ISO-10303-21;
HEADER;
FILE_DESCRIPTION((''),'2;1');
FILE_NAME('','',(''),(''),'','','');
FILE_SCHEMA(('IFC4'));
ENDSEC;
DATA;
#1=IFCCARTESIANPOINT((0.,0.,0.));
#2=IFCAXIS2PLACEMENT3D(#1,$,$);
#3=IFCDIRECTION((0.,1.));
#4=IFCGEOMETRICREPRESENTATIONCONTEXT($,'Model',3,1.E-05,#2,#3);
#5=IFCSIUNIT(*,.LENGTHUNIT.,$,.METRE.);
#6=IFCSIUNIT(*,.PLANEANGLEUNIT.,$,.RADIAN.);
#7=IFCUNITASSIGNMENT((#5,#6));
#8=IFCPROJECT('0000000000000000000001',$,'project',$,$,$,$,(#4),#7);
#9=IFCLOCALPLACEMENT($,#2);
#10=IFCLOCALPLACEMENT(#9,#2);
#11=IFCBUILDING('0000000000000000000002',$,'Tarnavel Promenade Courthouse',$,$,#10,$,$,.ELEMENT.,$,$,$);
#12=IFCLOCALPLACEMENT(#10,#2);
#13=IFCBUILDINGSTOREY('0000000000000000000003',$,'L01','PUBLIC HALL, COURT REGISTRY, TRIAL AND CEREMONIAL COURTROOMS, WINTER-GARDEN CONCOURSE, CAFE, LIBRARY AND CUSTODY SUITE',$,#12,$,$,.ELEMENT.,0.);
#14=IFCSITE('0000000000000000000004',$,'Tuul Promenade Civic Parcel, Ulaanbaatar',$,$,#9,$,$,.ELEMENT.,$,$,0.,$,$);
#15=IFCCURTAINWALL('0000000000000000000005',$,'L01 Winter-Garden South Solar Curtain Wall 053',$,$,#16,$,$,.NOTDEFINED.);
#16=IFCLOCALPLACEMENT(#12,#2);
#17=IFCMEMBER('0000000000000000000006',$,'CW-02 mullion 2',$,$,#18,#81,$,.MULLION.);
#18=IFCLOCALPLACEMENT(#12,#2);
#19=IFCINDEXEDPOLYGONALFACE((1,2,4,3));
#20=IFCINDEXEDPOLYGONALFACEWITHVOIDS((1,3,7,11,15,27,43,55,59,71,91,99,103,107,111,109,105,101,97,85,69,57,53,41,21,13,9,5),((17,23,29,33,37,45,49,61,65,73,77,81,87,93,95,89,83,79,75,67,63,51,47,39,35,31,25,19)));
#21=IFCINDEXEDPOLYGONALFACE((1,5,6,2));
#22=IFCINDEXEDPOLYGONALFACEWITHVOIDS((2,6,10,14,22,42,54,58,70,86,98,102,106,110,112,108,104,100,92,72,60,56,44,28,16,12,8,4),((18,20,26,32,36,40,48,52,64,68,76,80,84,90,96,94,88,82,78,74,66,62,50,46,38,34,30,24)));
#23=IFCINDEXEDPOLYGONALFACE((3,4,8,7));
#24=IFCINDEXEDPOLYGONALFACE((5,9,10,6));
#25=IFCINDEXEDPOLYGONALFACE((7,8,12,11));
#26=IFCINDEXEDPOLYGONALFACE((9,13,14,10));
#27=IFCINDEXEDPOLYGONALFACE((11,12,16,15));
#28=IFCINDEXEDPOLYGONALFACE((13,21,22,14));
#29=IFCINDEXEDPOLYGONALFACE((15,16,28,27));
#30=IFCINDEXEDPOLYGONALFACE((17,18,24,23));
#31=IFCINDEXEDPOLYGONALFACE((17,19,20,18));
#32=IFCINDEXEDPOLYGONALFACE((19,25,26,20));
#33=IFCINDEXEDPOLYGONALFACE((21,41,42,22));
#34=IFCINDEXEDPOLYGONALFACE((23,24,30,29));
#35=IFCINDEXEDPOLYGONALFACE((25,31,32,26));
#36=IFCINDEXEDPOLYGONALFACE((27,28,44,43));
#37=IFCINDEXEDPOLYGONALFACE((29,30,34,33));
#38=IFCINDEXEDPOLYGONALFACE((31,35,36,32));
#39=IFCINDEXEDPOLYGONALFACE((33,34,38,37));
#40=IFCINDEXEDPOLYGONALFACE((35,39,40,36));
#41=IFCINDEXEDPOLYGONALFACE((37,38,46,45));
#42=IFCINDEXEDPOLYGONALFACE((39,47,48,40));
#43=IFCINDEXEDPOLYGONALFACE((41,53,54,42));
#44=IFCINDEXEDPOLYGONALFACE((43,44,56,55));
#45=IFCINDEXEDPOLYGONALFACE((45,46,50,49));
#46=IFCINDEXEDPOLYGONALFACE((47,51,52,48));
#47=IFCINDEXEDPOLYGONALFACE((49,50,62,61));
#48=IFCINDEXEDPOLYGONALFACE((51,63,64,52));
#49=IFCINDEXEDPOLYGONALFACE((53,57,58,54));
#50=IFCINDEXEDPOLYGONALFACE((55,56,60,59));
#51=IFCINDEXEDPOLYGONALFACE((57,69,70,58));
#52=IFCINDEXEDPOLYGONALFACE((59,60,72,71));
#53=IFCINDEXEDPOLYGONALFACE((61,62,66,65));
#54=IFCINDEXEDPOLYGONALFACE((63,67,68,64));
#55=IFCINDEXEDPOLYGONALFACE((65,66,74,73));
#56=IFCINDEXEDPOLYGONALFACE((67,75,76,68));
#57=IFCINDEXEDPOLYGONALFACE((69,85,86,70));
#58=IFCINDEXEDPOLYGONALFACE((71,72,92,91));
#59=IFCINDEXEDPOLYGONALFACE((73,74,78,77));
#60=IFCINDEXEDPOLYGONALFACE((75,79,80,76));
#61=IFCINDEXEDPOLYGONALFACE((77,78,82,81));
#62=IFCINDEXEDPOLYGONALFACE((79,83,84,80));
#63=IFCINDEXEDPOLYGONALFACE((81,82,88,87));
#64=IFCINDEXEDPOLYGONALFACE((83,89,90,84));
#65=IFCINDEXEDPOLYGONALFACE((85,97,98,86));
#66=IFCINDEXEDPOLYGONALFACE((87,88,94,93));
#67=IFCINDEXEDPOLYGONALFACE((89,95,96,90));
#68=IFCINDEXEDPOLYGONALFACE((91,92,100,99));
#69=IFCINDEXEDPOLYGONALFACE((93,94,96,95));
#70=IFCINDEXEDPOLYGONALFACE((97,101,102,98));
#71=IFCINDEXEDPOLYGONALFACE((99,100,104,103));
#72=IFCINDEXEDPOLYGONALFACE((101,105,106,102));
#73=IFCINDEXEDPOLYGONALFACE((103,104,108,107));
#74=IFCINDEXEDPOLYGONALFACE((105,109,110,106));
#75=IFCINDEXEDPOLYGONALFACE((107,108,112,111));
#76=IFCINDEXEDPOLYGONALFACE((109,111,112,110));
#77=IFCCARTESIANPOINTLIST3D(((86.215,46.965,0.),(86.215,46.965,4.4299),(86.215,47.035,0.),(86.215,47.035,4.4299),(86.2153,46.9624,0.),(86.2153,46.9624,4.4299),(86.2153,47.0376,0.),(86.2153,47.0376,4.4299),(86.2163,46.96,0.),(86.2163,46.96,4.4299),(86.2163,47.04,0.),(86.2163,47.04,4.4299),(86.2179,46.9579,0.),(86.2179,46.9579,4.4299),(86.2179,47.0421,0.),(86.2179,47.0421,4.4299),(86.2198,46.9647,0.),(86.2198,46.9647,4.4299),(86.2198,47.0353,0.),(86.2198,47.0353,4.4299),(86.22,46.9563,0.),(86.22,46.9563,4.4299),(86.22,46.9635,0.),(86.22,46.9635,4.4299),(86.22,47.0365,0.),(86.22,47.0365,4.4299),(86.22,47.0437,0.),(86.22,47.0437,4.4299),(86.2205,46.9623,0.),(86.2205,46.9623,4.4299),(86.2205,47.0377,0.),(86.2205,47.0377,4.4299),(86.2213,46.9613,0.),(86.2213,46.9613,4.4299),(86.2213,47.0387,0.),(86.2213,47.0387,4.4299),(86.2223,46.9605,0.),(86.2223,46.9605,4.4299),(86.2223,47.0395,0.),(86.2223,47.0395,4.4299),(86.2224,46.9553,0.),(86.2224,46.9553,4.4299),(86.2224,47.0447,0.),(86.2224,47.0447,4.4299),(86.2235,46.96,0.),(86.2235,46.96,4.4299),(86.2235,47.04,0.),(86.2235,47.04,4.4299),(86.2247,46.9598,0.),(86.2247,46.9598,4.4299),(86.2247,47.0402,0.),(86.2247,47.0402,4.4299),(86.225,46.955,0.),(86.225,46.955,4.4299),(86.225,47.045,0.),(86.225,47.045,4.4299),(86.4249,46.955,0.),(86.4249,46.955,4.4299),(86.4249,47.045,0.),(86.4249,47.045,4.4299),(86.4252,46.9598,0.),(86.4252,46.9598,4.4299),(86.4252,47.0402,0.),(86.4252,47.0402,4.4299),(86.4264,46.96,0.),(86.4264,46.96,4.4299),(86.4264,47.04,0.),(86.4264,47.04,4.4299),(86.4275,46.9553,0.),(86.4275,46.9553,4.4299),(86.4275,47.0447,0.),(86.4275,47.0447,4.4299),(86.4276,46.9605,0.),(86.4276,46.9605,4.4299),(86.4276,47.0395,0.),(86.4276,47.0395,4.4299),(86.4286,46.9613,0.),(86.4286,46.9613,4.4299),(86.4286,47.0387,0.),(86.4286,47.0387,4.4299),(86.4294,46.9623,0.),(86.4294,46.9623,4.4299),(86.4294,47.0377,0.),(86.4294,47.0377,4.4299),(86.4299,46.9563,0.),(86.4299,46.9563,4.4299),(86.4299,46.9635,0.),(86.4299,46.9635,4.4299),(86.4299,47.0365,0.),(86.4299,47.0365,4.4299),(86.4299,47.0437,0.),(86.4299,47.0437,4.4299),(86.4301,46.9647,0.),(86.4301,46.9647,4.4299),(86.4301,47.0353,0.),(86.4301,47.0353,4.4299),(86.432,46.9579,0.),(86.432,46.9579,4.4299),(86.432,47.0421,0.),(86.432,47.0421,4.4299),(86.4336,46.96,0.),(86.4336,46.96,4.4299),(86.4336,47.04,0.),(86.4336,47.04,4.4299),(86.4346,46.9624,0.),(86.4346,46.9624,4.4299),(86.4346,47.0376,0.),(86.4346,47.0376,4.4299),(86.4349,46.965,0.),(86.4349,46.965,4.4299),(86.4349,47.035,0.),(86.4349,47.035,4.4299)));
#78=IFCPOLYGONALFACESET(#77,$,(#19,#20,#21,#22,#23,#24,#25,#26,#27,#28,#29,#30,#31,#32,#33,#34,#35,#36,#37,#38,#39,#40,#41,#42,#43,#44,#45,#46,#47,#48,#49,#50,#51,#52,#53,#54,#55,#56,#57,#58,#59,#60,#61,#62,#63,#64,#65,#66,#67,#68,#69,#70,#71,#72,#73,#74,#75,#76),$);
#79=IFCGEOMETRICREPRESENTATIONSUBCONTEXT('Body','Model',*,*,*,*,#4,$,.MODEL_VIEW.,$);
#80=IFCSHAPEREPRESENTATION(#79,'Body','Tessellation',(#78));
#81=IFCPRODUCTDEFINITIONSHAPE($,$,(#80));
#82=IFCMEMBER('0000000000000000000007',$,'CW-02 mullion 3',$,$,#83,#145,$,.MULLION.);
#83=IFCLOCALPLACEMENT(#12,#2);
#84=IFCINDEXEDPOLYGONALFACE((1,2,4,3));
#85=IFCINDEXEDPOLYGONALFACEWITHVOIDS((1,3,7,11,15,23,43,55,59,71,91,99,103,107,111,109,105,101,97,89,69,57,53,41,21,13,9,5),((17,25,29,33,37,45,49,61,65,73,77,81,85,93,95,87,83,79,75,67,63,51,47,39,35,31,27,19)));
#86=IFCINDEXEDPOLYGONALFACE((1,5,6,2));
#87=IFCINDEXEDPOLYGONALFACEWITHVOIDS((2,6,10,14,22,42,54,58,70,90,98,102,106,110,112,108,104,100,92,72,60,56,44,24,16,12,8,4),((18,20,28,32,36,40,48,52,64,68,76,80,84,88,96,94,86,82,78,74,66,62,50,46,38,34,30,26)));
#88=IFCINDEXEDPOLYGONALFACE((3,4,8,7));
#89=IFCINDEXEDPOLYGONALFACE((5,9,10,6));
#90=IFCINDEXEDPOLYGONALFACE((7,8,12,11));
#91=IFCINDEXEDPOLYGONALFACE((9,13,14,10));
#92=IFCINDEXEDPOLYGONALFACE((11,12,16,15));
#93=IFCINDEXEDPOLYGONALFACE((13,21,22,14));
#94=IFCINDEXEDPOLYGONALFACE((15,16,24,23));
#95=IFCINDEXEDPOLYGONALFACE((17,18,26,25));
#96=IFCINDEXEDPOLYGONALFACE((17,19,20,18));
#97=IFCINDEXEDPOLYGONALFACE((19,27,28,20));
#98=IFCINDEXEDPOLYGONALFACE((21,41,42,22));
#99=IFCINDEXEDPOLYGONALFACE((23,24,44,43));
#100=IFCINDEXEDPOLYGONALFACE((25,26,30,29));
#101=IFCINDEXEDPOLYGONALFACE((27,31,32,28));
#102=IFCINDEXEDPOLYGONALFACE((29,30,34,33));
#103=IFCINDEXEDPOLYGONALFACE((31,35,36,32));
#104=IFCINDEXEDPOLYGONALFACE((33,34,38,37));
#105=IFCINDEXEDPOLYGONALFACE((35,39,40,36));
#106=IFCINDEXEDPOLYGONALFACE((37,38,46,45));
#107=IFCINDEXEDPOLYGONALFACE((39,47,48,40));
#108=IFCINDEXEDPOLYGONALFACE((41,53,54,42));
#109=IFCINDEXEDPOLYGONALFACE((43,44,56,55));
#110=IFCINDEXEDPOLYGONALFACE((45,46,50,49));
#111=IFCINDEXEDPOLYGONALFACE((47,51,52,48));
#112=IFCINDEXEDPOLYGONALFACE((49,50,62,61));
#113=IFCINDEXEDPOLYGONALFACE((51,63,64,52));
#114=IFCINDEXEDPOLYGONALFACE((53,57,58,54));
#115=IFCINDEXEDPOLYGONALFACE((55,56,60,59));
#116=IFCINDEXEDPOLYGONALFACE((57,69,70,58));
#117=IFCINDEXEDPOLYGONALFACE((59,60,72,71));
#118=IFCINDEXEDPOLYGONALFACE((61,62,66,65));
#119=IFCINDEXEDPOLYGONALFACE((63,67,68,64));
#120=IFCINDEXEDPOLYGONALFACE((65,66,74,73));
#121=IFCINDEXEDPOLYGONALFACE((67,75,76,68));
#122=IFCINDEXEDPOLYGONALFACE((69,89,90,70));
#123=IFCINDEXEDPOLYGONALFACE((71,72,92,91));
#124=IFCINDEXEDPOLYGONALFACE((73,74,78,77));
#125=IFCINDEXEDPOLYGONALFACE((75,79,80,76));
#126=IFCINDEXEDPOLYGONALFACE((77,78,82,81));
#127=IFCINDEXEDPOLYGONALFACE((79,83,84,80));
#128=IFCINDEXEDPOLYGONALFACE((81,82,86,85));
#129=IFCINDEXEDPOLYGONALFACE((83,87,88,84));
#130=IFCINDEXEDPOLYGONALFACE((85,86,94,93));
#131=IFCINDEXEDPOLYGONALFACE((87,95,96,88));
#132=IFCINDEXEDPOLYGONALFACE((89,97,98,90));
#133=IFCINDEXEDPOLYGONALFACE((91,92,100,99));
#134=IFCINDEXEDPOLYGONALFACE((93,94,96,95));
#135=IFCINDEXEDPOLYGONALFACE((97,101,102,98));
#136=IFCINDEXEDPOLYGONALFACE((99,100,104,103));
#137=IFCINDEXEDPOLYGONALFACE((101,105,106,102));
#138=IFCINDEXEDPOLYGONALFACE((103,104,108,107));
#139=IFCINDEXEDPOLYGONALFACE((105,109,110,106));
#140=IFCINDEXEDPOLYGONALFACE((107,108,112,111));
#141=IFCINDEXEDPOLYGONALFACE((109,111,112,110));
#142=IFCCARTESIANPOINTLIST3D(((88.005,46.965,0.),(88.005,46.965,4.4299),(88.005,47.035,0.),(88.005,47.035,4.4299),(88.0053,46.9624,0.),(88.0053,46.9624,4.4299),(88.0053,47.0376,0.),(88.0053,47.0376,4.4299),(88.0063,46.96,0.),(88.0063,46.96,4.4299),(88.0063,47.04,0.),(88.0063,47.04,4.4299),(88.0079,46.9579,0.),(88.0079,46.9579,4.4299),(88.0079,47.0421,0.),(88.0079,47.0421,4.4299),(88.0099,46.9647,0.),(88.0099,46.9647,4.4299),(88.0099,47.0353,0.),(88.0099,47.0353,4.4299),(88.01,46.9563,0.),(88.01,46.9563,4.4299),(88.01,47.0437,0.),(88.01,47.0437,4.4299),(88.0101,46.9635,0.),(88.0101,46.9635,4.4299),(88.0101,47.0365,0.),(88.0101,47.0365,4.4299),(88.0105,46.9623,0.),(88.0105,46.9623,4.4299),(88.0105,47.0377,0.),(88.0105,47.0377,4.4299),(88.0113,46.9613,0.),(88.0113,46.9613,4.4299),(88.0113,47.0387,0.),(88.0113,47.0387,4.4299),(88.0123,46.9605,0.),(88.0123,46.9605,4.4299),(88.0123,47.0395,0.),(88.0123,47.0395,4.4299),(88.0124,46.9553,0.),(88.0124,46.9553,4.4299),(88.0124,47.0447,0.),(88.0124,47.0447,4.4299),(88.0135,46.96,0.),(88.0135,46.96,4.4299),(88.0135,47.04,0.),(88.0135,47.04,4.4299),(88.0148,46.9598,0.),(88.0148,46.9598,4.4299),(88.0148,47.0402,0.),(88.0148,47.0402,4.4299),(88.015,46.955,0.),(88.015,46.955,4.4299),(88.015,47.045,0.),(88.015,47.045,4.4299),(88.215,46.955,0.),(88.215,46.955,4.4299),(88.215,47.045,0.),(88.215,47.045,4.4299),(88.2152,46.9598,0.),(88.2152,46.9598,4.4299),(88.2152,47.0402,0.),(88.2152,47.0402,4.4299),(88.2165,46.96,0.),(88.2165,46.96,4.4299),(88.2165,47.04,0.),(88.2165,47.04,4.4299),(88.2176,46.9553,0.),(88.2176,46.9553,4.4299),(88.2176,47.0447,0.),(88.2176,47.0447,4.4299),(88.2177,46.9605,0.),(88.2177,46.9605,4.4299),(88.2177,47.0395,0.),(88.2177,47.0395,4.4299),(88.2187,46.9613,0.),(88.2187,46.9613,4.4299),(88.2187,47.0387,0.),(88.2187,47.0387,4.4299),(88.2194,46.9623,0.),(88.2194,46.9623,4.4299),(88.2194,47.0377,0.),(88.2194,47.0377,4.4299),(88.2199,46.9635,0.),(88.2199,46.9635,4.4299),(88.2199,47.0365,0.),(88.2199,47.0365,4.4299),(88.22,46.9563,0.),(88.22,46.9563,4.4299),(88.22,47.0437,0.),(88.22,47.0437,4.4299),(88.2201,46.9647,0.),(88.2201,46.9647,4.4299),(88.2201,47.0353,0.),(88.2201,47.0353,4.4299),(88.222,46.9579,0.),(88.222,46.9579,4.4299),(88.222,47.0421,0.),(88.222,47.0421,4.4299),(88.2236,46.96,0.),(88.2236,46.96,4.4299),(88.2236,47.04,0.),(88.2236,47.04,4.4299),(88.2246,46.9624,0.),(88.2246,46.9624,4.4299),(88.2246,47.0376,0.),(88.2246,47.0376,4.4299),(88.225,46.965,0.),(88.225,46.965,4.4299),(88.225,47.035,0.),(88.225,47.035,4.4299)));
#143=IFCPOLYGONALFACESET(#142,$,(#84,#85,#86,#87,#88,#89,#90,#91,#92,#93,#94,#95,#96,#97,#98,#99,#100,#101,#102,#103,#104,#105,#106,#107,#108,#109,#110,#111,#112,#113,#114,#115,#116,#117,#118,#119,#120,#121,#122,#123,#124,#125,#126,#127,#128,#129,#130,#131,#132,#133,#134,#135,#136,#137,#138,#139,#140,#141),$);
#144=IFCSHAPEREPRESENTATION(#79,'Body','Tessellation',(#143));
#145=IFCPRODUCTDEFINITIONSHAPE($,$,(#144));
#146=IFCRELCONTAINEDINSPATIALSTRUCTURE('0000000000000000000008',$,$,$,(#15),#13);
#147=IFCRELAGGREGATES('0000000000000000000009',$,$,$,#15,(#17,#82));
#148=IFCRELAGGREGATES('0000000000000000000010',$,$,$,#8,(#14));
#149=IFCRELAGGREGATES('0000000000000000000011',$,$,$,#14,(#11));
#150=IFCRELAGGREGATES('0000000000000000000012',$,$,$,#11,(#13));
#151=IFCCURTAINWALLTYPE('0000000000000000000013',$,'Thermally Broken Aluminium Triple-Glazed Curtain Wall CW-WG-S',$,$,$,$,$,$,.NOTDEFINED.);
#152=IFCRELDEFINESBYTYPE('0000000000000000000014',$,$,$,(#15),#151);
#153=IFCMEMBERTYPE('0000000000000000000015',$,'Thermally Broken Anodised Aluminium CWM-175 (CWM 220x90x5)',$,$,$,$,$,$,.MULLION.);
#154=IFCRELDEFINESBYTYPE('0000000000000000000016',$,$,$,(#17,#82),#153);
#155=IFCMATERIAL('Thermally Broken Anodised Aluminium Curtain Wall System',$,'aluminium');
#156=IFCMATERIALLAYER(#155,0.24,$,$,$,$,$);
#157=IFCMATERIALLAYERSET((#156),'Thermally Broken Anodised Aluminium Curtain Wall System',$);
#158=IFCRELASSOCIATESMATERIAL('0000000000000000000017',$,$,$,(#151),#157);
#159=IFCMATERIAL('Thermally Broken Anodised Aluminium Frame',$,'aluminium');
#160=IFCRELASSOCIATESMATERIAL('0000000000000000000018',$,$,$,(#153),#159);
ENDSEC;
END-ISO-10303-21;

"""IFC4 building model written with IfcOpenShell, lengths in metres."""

from ifc_helpers import new_model, si_unit, direction, frame, origin, origin_2d, place, context, subcontext, project, spatial, hollow_rectangle, extrude, material, layer, layer_set, material_profile, profile_set, type_object, element, aggregate, save


model = new_model("IFC4")

# Units and contexts
model_context = context("Model", 3, precision=1e-05, world=origin(), true_north=direction((0.0, 1.0)))
body_context = subcontext(model_context, "Body", "Model", "MODEL_VIEW")
ifc_project = project(units=[si_unit("LENGTHUNIT", "METRE"), si_unit("PLANEANGLEUNIT", "RADIAN")], contexts=[model_context])

# Site, building, storey
site_placement = place(None, origin())
site = spatial("IfcSite", under=ifc_project, at=site_placement, Name="Tuul Promenade Civic Parcel, Ulaanbaatar", CompositionType="ELEMENT", RefElevation=0.0)
building_placement = place(site_placement, origin())
building = spatial("IfcBuilding", under=site, at=building_placement, Name="Tarnavel Promenade Courthouse", CompositionType="ELEMENT")
storey_placement = place(building_placement, origin())
storey = spatial("IfcBuildingStorey", under=building, at=storey_placement, Name="L01", Description="PUBLIC HALL, COURT REGISTRY, TRIAL AND CEREMONIAL COURTROOMS, WINTER-GARDEN CONCOURSE, CAFE, LIBRARY AND CUSTODY SUITE", CompositionType="ELEMENT", Elevation=0.0)

# Curtain wall, members
ifc_material_1 = material(Name="Thermally Broken Anodised Aluminium Curtain Wall System", Category="aluminium")
ifc_layer_1 = layer(ifc_material_1, 0.24)
ifc_layer_set_1 = layer_set([ifc_layer_1], Name="Thermally Broken Anodised Aluminium Curtain Wall System")
curtain_wall_type = type_object("IfcCurtainWallType", Name="Thermally Broken Aluminium Triple-Glazed Curtain Wall CW-WG-S", PredefinedType="NOTDEFINED", material=ifc_layer_set_1)
curtain_wall_1_placement = place(storey_placement, origin())
curtain_wall_1 = element("IfcCurtainWall", 1, at=curtain_wall_1_placement, inside=storey, type_object=curtain_wall_type, Name="L01 Winter-Garden South Solar Curtain Wall 053", PredefinedType="NOTDEFINED")
ifc_material_2 = material(Name="Thermally Broken Anodised Aluminium Frame", Category="aluminium")
ifc_material_profile_1 = material_profile(ifc_material_2, hollow_rectangle(XDim=0.0901, YDim=0.22, WallThickness=0.0049, InnerFilletRadius=0.0049, OuterFilletRadius=0.01, at=origin_2d()), Name="CWM 220x90x5")
ifc_profile_set_1 = profile_set([ifc_material_profile_1], Name="Thermally Broken Anodised Aluminium Frame")
member_type_1 = type_object("IfcMemberType", Name="Thermally Broken Anodised Aluminium CWM-175 (CWM 220x90x5)", PredefinedType="MULLION", material=ifc_profile_set_1)
member_1_placement = place(storey_placement, frame((86.325, 47.0, 0.0), z_axis=(0.0, 0.0, 1.0), x_axis=(0.0, 1.0, 0.0)))
member_1 = element("IfcMember", 2, at=member_1_placement, type_object=member_type_1, Name="CW-02 mullion 2", PredefinedType="MULLION", context=body_context, shape_type="SweptSolid", body=[
    extrude(hollow_rectangle(XDim=0.0901, YDim=0.22, WallThickness=0.0049, InnerFilletRadius=0.0049, OuterFilletRadius=0.01, at=origin_2d()), origin(), (0.0, 0.0, 1.0), 4.4299),
])
member_2_placement = place(storey_placement, frame((88.115, 47.0, 0.0), z_axis=(0.0, 0.0, 1.0), x_axis=(0.0, 1.0, 0.0)))
member_2 = element("IfcMember", 3, at=member_2_placement, type_object=member_type_1, Name="CW-02 mullion 3", PredefinedType="MULLION", context=body_context, shape_type="SweptSolid", body=[
    extrude(hollow_rectangle(XDim=0.0901, YDim=0.22, WallThickness=0.0049, InnerFilletRadius=0.0049, OuterFilletRadius=0.01, at=origin_2d()), origin(), (0.0, 0.0, 1.0), 4.4299),
])

aggregate(curtain_wall_1, [member_1, member_2])

save(model, "model.ifc")
